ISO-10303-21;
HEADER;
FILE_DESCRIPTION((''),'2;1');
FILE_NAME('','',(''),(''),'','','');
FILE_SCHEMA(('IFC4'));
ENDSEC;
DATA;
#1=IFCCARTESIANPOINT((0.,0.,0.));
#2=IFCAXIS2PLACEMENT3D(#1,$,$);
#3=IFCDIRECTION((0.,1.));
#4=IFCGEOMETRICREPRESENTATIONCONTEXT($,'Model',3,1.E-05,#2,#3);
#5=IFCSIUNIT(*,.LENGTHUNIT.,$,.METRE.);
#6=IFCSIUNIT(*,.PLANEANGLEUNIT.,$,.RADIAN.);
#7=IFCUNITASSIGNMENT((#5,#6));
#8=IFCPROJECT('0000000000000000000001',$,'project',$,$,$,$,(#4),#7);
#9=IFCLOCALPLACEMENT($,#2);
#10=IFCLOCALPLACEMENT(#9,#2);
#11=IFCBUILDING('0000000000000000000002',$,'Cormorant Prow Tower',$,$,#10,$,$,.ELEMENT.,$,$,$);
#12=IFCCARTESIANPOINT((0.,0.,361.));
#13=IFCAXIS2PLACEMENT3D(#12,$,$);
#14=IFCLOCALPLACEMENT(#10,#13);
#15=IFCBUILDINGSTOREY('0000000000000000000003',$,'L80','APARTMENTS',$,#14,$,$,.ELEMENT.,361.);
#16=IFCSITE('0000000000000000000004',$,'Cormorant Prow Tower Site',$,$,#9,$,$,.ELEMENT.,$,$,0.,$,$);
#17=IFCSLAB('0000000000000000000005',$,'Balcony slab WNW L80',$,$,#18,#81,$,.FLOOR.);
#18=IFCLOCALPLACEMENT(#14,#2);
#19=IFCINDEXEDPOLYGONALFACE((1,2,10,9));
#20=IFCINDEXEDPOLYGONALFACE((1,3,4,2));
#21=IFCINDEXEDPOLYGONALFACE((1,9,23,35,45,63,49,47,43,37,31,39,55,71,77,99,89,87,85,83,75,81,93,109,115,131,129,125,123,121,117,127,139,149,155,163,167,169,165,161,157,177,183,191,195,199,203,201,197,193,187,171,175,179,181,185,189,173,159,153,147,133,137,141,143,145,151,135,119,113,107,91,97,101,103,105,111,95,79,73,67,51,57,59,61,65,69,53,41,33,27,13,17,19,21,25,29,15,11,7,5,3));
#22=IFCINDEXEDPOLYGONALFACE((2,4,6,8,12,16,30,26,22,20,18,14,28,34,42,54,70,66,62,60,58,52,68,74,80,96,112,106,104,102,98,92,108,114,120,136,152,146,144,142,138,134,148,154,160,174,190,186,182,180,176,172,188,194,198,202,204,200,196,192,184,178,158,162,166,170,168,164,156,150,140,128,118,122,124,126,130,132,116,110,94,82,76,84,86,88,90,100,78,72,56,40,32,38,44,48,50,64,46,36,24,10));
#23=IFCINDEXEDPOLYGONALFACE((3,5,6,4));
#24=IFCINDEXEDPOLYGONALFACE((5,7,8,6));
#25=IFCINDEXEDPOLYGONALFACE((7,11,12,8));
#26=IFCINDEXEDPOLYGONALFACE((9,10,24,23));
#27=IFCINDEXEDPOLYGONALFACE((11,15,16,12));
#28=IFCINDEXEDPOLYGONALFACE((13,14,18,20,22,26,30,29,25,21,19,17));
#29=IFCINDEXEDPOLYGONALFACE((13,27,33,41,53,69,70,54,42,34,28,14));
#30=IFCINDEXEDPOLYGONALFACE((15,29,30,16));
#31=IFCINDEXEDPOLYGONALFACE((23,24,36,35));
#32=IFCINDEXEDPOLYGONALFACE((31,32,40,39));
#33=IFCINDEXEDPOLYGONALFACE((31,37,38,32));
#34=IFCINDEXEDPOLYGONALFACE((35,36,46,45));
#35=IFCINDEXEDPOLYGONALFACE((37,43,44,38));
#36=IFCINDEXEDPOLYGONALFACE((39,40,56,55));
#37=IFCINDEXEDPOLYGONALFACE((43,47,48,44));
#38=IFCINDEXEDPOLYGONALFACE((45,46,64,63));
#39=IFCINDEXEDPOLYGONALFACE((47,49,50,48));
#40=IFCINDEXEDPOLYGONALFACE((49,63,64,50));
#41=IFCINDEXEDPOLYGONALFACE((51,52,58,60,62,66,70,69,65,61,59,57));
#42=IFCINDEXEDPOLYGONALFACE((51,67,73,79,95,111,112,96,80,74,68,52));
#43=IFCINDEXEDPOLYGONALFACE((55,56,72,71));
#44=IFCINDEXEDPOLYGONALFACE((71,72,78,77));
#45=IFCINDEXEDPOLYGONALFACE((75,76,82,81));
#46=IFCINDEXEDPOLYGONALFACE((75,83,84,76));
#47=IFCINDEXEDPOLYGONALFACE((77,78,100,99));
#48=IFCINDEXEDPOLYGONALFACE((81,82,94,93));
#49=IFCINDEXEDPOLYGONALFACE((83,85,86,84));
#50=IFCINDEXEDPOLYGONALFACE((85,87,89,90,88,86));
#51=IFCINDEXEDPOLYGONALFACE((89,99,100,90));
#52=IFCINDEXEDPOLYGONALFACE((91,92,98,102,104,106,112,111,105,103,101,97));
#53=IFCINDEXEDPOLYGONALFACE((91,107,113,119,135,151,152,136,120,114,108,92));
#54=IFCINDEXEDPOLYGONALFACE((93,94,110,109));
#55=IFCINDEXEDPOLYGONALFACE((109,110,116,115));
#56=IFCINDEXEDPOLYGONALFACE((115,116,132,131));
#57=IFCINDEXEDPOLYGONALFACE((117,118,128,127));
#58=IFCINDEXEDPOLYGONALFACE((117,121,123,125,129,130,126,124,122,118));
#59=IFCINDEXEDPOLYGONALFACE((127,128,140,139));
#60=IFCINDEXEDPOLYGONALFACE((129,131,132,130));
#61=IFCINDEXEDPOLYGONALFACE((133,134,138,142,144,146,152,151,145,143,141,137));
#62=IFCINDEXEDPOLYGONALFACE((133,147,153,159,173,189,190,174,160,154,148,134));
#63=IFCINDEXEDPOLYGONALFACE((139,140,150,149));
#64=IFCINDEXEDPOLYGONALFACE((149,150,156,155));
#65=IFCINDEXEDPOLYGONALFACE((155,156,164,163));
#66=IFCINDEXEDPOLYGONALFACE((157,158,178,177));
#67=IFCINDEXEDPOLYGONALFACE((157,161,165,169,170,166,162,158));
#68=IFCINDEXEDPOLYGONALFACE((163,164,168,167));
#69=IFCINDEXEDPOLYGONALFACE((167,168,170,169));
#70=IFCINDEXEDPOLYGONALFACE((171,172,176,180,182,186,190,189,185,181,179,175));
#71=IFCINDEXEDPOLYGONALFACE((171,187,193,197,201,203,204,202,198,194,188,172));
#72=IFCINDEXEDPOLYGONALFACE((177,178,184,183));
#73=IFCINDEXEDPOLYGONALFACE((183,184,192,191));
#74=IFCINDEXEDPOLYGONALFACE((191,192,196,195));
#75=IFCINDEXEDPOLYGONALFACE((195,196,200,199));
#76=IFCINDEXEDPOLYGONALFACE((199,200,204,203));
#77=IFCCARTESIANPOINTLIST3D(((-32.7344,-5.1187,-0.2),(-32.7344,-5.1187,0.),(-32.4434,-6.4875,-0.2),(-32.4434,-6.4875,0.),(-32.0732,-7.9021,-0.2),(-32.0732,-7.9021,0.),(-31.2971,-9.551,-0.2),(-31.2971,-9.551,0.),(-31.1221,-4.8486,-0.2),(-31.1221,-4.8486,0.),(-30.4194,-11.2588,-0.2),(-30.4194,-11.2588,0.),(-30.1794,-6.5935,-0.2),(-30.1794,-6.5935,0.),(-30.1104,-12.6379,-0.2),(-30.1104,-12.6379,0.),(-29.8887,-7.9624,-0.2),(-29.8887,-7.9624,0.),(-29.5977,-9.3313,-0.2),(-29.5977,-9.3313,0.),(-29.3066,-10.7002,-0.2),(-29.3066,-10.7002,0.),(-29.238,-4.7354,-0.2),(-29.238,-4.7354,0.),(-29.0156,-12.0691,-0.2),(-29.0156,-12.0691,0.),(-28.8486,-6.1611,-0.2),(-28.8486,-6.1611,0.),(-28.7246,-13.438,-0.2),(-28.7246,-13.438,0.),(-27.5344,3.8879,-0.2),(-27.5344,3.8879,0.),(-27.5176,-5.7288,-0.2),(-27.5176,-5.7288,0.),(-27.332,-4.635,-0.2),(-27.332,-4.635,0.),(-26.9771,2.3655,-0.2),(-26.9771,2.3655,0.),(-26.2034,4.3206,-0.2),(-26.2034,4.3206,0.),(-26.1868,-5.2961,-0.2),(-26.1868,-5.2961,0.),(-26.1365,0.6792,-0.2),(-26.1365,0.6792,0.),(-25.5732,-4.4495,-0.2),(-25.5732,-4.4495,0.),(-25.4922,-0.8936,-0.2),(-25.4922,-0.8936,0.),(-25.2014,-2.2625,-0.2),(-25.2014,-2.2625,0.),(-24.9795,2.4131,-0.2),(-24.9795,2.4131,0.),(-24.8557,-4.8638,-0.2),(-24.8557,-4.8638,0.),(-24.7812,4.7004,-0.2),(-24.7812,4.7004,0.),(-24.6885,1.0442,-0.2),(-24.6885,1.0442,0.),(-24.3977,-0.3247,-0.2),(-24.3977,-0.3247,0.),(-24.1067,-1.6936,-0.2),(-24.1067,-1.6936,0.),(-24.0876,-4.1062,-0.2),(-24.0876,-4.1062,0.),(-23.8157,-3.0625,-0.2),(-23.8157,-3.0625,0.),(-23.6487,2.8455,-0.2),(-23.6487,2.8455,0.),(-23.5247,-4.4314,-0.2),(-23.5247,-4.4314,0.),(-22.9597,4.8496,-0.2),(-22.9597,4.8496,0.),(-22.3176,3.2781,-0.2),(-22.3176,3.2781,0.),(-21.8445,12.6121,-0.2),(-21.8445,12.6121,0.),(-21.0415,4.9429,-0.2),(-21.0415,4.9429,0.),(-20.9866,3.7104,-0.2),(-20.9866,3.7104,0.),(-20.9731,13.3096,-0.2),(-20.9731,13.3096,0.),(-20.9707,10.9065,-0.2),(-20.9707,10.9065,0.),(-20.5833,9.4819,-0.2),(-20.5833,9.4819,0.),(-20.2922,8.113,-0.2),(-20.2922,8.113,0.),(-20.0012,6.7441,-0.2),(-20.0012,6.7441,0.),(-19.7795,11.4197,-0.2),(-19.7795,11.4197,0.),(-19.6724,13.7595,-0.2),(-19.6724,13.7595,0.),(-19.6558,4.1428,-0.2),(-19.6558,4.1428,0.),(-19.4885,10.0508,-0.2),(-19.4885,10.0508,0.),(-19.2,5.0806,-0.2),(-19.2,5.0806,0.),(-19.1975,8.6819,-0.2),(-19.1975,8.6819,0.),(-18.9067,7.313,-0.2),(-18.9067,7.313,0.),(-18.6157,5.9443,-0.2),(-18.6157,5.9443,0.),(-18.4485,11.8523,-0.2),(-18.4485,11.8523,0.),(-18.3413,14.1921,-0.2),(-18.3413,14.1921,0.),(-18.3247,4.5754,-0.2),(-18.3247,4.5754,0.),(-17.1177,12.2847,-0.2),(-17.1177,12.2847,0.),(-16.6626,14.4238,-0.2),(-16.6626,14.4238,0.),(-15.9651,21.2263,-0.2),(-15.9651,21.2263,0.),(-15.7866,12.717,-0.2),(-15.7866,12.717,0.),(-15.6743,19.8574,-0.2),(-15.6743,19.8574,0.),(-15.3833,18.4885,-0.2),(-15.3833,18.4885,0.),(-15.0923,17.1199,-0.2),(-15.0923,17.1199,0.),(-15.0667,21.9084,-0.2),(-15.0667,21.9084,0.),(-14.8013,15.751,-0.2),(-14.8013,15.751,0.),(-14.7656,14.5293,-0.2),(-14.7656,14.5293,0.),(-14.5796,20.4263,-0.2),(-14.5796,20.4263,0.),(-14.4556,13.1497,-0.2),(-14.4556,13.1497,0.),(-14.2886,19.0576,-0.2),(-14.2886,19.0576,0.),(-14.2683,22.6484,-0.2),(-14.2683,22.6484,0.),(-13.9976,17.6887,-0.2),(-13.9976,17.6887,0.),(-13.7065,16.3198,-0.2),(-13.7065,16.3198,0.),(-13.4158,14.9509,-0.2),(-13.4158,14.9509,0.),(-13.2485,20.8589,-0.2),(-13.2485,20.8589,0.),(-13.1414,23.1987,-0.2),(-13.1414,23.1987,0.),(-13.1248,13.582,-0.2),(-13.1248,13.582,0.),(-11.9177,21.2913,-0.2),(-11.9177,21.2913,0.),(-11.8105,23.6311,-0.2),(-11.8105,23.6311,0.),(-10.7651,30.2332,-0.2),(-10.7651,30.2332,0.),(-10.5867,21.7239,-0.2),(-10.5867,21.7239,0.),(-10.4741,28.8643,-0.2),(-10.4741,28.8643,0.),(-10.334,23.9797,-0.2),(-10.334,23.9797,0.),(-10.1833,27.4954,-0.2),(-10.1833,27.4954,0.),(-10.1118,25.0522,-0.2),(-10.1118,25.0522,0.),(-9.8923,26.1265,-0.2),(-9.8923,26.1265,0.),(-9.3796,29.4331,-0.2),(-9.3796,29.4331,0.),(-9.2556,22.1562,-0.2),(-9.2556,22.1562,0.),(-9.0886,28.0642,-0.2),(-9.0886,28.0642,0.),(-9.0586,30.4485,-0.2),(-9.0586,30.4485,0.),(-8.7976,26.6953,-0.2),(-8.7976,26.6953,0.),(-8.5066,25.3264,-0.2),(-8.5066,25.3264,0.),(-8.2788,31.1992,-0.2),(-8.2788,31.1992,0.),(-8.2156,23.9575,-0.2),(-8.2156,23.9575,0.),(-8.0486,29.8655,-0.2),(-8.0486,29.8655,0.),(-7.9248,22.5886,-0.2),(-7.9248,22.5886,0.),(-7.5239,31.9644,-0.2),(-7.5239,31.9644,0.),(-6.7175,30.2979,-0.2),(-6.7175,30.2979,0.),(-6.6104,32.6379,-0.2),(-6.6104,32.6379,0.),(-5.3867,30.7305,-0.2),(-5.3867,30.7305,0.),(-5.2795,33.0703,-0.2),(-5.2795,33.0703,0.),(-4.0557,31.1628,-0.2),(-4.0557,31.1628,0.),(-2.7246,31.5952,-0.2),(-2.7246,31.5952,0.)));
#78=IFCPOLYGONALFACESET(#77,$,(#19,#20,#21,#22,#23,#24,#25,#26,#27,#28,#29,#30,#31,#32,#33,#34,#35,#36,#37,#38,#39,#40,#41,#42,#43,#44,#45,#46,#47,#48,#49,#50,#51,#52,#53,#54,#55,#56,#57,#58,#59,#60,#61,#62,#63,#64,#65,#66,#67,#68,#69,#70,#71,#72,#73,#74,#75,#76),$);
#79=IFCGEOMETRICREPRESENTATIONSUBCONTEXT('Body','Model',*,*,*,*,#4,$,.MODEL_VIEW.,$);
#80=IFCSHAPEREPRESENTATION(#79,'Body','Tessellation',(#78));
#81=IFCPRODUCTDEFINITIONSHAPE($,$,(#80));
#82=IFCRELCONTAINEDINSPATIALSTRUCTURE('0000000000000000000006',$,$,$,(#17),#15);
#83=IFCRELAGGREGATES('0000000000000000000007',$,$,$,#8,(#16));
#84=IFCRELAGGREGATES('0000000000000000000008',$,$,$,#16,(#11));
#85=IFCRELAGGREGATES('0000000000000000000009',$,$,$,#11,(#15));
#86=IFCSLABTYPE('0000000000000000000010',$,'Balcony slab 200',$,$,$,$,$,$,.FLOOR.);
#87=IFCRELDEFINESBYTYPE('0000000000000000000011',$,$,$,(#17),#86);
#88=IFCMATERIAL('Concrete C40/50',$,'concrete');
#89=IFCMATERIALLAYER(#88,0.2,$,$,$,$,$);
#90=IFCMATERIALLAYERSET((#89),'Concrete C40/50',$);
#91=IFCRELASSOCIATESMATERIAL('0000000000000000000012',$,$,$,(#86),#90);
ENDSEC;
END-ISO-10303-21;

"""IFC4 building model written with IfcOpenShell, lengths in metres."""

from ifc_helpers import new_model, si_unit, direction, frame, origin, place, context, subcontext, project, spatial, polyline, outline, extrude, material, layer, layer_set, type_object, element, save


model = new_model("IFC4")

# Units and contexts
model_context = context("Model", 3, precision=1e-05, world=origin(), true_north=direction((0.0, 1.0)))
body_context = subcontext(model_context, "Body", "Model", "MODEL_VIEW")
ifc_project = project(units=[si_unit("LENGTHUNIT", "METRE"), si_unit("PLANEANGLEUNIT", "RADIAN")], contexts=[model_context])

# Site, building, storey
site_placement = place(None, origin())
site = spatial("IfcSite", under=ifc_project, at=site_placement, Name="Cormorant Prow Tower Site", CompositionType="ELEMENT", RefElevation=0.0)
building_placement = place(site_placement, origin())
building = spatial("IfcBuilding", under=site, at=building_placement, Name="Cormorant Prow Tower", CompositionType="ELEMENT")
storey_placement = place(building_placement, frame((0.0, 0.0, 361.0)))
storey = spatial("IfcBuildingStorey", under=building, at=storey_placement, Name="L80", Description="APARTMENTS", CompositionType="ELEMENT", Elevation=361.0)

# Slab
ifc_material_1 = material(Name="Concrete C40/50", Category="concrete")
ifc_layer_1 = layer(ifc_material_1, 0.2)
ifc_layer_set_1 = layer_set([ifc_layer_1], Name="Concrete C40/50")
slab_type_1 = type_object("IfcSlabType", Name="Balcony slab 200", PredefinedType="FLOOR", material=ifc_layer_set_1)
slab_1_placement = place(storey_placement, frame((0.0, 0.0, -0.2)))
element("IfcSlab", 1, at=slab_1_placement, inside=storey, type_object=slab_type_1, Name="Balcony slab WNW L80", PredefinedType="FLOOR", context=body_context, shape_type="SweptSolid", body=[
    extrude(outline(polyline([(-2.7246, 31.5952), (-5.2795, 33.0703), (-6.6104, 32.6379), (-7.5239, 31.9644), (-8.2788, 31.1992), (-9.0586, 30.4485), (-10.7651, 30.2332), (-10.4741, 28.8643), (-10.1833, 27.4954), (-9.8923, 26.1265), (-10.1118, 25.0522), (-10.334, 23.9797), (-11.8105, 23.6311), (-13.1414, 23.1987), (-14.2683, 22.6484), (-15.0667, 21.9084), (-15.9651, 21.2263), (-15.6743, 19.8574), (-15.3833, 18.4885), (-15.0923, 17.1199), (-14.8013, 15.751), (-14.7656, 14.5293), (-16.6626, 14.4238), (-18.3413, 14.1921), (-19.6724, 13.7595), (-20.9731, 13.3096), (-21.8445, 12.6121), (-20.9707, 10.9065), (-20.5833, 9.4819), (-20.2922, 8.113), (-20.0012, 6.7441), (-19.2, 5.0806), (-21.0415, 4.9429), (-22.9597, 4.8496), (-24.7812, 4.7004), (-26.2034, 4.3206), (-27.5344, 3.8879), (-26.9771, 2.3655), (-26.1365, 0.6792), (-25.4922, -0.8936), (-25.2014, -2.2625), (-24.0876, -4.1062), (-25.5732, -4.4495), (-27.332, -4.635), (-29.238, -4.7354), (-31.1221, -4.8486), (-32.7344, -5.1187), (-32.4434, -6.4875), (-32.0732, -7.9021), (-31.2971, -9.551), (-30.4194, -11.2588), (-30.1104, -12.6379), (-28.7246, -13.438), (-29.0156, -12.0691), (-29.3066, -10.7002), (-29.5977, -9.3313), (-29.8887, -7.9624), (-30.1794, -6.5935), (-28.8486, -6.1611), (-27.5176, -5.7288), (-26.1868, -5.2961), (-24.8557, -4.8638), (-23.5247, -4.4314), (-23.8157, -3.0625), (-24.1067, -1.6936), (-24.3977, -0.3247), (-24.6885, 1.0442), (-24.9795, 2.4131), (-23.6487, 2.8455), (-22.3176, 3.2781), (-20.9866, 3.7104), (-19.6558, 4.1428), (-18.3247, 4.5754), (-18.6157, 5.9443), (-18.9067, 7.313), (-19.1975, 8.6819), (-19.4885, 10.0508), (-19.7795, 11.4197), (-18.4485, 11.8523), (-17.1177, 12.2847), (-15.7866, 12.717), (-14.4556, 13.1497), (-13.1248, 13.582), (-13.4158, 14.9509), (-13.7065, 16.3198), (-13.9976, 17.6887), (-14.2886, 19.0576), (-14.5796, 20.4263), (-13.2485, 20.8589), (-11.9177, 21.2913), (-10.5867, 21.7239), (-9.2556, 22.1562), (-7.9248, 22.5886), (-8.2156, 23.9575), (-8.5066, 25.3264), (-8.7976, 26.6953), (-9.0886, 28.0642), (-9.3796, 29.4331), (-8.0486, 29.8655), (-6.7175, 30.2979), (-5.3867, 30.7305), (-4.0557, 31.1628), (-2.7246, 31.5952)])), origin(), (0.0, 0.0, 1.0), 0.2),
])

save(model, "model.ifc")
